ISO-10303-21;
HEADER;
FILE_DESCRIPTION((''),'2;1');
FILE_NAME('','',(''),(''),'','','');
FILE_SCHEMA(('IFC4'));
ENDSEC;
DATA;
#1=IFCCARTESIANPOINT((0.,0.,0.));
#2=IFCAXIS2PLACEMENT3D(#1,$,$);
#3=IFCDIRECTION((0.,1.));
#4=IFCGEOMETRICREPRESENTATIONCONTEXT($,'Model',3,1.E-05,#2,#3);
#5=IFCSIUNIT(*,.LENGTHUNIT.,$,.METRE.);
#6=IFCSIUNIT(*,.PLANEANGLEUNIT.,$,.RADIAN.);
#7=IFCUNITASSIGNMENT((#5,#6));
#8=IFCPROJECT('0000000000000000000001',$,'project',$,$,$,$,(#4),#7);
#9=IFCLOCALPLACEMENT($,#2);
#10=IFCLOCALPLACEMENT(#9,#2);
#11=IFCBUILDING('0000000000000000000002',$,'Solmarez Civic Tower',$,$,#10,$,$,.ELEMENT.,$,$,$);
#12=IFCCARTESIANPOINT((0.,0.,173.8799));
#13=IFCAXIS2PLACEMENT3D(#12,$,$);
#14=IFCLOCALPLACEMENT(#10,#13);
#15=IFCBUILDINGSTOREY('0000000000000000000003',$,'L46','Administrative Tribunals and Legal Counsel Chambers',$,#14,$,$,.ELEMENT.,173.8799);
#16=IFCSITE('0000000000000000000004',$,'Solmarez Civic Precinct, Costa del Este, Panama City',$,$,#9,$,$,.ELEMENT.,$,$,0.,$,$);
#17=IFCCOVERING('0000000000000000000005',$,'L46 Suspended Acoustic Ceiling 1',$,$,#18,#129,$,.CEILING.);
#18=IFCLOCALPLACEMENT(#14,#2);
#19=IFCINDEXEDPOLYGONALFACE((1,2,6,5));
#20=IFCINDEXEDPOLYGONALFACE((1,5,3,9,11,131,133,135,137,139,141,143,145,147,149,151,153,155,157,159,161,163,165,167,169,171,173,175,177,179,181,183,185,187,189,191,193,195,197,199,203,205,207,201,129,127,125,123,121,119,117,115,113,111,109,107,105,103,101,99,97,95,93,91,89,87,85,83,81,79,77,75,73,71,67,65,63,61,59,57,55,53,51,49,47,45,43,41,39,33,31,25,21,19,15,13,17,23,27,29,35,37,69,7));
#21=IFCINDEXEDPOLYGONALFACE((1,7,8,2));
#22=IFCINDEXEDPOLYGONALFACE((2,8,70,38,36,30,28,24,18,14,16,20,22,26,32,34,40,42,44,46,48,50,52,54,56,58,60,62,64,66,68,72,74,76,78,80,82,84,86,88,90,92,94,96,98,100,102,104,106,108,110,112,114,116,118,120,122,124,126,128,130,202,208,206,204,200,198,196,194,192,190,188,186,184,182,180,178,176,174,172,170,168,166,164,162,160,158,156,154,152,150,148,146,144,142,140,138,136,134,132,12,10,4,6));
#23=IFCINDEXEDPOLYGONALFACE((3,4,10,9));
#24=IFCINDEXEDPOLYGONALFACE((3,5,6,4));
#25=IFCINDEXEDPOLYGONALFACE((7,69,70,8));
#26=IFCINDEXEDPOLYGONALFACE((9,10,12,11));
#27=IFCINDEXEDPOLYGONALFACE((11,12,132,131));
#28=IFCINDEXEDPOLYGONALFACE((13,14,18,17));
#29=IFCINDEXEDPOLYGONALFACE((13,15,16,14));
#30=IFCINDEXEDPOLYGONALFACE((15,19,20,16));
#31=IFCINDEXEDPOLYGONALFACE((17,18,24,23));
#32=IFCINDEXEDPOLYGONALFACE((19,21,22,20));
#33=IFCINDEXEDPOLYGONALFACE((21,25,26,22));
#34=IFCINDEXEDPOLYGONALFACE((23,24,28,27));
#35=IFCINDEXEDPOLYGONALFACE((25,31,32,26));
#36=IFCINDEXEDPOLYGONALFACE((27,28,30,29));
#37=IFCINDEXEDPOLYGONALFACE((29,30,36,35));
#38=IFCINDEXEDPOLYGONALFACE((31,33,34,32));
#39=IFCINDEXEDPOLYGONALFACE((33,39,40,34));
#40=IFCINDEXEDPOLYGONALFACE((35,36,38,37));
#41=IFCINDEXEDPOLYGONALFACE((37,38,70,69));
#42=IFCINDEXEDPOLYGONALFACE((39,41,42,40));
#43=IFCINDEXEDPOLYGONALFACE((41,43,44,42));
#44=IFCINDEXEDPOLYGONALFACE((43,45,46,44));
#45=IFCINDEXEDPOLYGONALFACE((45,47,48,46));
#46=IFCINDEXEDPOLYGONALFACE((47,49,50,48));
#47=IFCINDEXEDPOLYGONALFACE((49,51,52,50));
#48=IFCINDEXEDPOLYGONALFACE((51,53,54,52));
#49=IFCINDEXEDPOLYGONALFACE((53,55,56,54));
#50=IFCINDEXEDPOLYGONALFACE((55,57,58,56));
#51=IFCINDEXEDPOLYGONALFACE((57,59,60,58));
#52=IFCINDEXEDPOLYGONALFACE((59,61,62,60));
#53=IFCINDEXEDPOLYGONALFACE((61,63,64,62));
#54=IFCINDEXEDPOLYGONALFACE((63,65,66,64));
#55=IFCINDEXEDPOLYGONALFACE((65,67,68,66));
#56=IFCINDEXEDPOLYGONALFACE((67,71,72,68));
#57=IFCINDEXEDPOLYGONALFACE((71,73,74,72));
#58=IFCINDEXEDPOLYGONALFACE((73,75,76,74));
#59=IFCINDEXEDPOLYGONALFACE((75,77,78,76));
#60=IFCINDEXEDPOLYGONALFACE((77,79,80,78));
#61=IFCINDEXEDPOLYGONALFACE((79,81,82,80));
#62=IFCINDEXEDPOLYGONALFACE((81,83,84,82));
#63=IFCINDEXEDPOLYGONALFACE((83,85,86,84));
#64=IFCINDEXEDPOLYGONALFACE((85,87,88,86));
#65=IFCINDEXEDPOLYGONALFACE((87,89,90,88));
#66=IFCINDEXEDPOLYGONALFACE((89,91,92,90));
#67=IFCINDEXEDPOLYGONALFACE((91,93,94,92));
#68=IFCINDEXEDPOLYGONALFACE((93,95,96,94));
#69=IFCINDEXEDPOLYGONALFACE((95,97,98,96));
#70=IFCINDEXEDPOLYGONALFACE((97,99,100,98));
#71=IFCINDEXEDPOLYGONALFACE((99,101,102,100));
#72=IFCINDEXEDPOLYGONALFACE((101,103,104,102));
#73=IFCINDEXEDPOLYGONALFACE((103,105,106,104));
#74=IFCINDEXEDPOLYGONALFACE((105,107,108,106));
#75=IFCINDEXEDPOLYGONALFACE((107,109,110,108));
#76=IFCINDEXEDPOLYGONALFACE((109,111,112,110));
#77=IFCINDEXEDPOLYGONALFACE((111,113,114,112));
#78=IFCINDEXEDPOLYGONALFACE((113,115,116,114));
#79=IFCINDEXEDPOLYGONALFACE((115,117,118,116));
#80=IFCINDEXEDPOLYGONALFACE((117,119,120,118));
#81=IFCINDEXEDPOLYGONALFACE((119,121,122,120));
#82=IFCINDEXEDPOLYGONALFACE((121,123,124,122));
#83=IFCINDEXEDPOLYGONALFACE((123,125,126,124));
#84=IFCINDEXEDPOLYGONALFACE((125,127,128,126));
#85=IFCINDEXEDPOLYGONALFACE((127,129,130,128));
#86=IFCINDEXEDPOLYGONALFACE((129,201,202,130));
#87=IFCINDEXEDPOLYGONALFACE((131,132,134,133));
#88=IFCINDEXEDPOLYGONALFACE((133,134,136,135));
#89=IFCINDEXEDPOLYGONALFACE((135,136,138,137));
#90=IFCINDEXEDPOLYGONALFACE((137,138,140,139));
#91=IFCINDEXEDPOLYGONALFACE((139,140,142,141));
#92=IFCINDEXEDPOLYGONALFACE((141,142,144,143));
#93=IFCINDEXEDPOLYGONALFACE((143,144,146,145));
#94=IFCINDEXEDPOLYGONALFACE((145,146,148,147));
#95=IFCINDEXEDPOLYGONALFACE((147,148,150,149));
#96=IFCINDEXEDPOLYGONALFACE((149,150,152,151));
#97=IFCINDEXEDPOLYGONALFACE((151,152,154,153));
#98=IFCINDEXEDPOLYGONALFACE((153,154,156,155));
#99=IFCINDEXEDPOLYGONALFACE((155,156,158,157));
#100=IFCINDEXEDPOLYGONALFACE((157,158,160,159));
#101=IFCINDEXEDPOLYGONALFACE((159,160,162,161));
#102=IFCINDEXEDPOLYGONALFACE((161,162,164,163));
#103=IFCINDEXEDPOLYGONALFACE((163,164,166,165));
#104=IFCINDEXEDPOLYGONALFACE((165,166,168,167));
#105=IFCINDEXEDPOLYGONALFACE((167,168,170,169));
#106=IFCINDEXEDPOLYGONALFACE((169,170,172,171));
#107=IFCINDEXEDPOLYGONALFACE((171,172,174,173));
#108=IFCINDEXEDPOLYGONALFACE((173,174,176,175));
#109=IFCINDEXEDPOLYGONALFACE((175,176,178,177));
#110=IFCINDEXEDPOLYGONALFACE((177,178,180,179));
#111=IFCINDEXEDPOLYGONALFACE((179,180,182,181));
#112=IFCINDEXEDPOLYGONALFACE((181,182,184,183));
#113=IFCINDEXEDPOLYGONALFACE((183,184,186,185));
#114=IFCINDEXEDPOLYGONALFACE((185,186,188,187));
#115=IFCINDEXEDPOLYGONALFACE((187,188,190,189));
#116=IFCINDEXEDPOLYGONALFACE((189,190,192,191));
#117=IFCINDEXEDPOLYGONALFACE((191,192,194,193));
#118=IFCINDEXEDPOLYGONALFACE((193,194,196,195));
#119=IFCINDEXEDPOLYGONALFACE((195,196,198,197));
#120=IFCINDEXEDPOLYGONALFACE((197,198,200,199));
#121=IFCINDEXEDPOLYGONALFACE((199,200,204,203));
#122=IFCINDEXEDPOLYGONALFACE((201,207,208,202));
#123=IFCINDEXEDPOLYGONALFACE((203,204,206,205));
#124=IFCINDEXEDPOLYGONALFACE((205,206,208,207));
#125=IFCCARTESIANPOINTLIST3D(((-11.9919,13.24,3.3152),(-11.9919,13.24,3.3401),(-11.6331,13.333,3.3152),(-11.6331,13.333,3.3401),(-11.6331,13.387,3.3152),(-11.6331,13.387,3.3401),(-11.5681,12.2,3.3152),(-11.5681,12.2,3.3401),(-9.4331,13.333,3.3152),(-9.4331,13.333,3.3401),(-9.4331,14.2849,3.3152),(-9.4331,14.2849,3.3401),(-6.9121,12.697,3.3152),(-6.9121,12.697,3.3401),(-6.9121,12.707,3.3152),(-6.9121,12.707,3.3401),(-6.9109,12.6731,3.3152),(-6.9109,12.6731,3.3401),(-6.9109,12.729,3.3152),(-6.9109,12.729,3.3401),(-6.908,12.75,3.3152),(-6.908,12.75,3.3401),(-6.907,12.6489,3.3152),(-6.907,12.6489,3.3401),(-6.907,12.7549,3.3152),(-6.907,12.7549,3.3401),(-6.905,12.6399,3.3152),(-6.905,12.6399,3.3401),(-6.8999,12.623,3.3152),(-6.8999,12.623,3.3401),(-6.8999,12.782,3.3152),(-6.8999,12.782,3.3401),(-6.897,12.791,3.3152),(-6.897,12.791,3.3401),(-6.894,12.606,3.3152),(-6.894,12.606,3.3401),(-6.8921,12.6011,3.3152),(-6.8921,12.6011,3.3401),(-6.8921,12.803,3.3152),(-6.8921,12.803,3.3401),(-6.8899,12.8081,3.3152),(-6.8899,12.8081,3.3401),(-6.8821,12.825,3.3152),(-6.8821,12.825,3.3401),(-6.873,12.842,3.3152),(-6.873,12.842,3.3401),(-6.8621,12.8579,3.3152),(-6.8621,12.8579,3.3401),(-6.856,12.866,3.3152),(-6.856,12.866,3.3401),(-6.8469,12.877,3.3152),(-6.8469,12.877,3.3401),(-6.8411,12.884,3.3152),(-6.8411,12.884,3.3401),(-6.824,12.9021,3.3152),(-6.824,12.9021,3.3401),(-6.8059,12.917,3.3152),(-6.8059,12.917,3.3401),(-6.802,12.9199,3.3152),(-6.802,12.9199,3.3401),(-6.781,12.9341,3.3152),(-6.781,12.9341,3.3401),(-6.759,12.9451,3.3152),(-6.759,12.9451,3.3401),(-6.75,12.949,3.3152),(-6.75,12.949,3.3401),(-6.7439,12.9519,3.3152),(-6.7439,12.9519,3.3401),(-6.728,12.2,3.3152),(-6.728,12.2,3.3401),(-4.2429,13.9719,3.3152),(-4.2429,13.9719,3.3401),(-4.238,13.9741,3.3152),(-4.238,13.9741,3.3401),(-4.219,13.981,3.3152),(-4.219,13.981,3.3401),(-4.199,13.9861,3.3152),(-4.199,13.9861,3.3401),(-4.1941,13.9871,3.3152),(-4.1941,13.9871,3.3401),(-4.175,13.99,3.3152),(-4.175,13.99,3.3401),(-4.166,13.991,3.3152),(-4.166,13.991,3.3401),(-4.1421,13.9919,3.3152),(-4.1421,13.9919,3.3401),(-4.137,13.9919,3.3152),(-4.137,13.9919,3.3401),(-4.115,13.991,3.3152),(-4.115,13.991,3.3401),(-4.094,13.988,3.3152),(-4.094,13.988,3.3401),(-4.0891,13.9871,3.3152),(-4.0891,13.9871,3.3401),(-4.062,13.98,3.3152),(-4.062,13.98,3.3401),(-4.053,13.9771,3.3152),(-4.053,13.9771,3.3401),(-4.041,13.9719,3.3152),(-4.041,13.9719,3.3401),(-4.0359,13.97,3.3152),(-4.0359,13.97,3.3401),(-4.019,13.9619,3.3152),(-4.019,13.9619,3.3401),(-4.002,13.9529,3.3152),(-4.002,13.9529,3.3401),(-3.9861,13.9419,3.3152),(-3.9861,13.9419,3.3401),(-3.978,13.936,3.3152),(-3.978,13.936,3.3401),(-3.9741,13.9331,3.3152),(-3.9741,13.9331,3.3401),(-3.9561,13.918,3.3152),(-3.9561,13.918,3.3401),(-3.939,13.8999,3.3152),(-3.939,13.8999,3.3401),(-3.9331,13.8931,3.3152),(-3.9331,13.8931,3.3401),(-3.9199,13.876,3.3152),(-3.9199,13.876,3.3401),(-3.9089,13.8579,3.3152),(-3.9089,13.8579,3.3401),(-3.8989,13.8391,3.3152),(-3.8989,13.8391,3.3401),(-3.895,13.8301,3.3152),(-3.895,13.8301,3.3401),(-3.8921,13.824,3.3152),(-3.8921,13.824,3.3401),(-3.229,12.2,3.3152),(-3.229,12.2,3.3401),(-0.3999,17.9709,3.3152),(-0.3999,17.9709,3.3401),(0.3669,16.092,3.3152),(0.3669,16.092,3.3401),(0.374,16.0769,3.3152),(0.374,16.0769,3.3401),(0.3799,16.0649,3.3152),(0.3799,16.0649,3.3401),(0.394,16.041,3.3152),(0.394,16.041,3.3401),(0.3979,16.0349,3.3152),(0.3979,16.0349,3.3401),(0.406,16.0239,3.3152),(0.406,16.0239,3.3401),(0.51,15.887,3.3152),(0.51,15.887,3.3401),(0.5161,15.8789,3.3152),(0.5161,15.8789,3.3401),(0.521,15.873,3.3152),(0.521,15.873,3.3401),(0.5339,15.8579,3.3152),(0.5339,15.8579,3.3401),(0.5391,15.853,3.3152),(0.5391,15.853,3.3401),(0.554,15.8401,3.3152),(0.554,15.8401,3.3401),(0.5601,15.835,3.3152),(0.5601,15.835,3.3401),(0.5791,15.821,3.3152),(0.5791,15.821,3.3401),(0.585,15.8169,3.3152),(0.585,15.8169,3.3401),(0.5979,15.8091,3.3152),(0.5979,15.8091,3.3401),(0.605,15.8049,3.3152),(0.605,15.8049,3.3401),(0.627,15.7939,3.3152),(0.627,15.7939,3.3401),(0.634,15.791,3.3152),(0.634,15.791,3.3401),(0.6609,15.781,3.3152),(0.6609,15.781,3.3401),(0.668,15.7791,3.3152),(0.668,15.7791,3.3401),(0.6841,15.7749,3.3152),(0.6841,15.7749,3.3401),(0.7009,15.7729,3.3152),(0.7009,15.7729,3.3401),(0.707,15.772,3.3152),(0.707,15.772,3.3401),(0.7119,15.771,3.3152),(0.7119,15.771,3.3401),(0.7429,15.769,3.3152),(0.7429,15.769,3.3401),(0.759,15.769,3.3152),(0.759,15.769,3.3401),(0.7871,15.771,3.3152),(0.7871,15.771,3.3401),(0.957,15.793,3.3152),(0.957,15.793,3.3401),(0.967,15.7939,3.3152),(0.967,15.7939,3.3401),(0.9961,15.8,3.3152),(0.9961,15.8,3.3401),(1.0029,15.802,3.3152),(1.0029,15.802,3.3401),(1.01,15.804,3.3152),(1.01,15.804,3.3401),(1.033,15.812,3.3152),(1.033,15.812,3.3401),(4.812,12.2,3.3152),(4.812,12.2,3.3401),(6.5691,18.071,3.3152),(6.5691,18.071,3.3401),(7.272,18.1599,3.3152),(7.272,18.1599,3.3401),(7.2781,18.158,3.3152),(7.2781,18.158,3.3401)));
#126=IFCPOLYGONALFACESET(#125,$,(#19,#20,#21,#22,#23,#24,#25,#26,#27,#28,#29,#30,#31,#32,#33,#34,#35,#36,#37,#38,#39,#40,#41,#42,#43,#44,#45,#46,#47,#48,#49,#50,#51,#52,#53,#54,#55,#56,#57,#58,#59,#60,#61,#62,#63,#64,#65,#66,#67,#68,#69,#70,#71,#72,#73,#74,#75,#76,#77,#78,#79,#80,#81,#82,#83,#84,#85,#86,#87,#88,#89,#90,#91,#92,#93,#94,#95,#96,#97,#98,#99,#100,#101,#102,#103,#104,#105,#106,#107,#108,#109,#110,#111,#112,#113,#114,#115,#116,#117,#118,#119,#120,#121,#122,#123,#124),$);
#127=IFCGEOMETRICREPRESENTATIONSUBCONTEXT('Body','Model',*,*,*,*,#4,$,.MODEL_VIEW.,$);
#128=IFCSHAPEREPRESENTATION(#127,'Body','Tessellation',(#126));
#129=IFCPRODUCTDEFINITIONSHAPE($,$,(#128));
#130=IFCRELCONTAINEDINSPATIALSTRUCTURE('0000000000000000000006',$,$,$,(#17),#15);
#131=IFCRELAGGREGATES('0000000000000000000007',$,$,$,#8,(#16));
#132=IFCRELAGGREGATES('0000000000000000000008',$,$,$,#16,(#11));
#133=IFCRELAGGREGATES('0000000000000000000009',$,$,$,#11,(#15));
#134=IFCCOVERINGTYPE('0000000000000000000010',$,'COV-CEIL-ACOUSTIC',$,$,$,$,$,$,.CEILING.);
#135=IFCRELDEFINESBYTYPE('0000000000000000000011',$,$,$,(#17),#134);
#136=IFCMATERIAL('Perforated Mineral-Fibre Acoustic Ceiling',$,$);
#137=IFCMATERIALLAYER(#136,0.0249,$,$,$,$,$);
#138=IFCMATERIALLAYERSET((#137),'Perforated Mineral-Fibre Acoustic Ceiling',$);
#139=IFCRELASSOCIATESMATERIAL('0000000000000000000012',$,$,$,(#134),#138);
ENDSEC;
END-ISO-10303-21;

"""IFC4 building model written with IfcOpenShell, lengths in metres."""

from ifc_helpers import new_model, si_unit, direction, frame, origin, place, context, subcontext, project, spatial, polyline, outline, extrude, material, layer, layer_set, type_object, element, save


model = new_model("IFC4")

# Units and contexts
model_context = context("Model", 3, precision=1e-05, world=origin(), true_north=direction((0.0, 1.0)))
body_context = subcontext(model_context, "Body", "Model", "MODEL_VIEW")
ifc_project = project(units=[si_unit("LENGTHUNIT", "METRE"), si_unit("PLANEANGLEUNIT", "RADIAN")], contexts=[model_context])

# Site, building, storey
site_placement = place(None, origin())
site = spatial("IfcSite", under=ifc_project, at=site_placement, Name="Solmarez Civic Precinct, Costa del Este, Panama City", CompositionType="ELEMENT", RefElevation=0.0)
building_placement = place(site_placement, origin())
building = spatial("IfcBuilding", under=site, at=building_placement, Name="Solmarez Civic Tower", CompositionType="ELEMENT")
storey_placement = place(building_placement, frame((0.0, 0.0, 173.8799)))
storey = spatial("IfcBuildingStorey", under=building, at=storey_placement, Name="L46", Description="Administrative Tribunals and Legal Counsel Chambers", CompositionType="ELEMENT", Elevation=173.8799)

# Covering
ifc_material_1 = material(Name="Perforated Mineral-Fibre Acoustic Ceiling")
ifc_layer_1 = layer(ifc_material_1, 0.0249)
ifc_layer_set_1 = layer_set([ifc_layer_1], Name="Perforated Mineral-Fibre Acoustic Ceiling")
covering_type_1 = type_object("IfcCoveringType", Name="COV-CEIL-ACOUSTIC", PredefinedType="CEILING", material=ifc_layer_set_1)
covering_1_placement = place(storey_placement, frame((0.0, 0.0, 3.3152)))
element("IfcCovering", 1, at=covering_1_placement, inside=storey, type_object=covering_type_1, Name="L46 Suspended Acoustic Ceiling 1", PredefinedType="CEILING", context=body_context, shape_type="SweptSolid", body=[
    extrude(outline(polyline([(-11.9919, 13.24), (-11.5681, 12.2), (-6.728, 12.2), (-6.8921, 12.6011), (-6.894, 12.606), (-6.8999, 12.623), (-6.905, 12.6399), (-6.907, 12.6489), (-6.9109, 12.6731), (-6.9121, 12.697), (-6.9121, 12.707), (-6.9109, 12.729), (-6.908, 12.75), (-6.907, 12.7549), (-6.8999, 12.782), (-6.897, 12.791), (-6.8921, 12.803), (-6.8899, 12.8081), (-6.8821, 12.825), (-6.873, 12.842), (-6.8621, 12.8579), (-6.856, 12.866), (-6.8469, 12.877), (-6.8411, 12.884), (-6.824, 12.9021), (-6.8059, 12.917), (-6.802, 12.9199), (-6.781, 12.9341), (-6.759, 12.9451), (-6.75, 12.949), (-6.7439, 12.9519), (-4.2429, 13.9719), (-4.238, 13.9741), (-4.219, 13.981), (-4.199, 13.9861), (-4.1941, 13.9871), (-4.175, 13.99), (-4.166, 13.991), (-4.1421, 13.9919), (-4.137, 13.9919), (-4.115, 13.991), (-4.094, 13.988), (-4.0891, 13.9871), (-4.062, 13.98), (-4.053, 13.9771), (-4.041, 13.9719), (-4.0359, 13.97), (-4.019, 13.9619), (-4.002, 13.9529), (-3.9861, 13.9419), (-3.978, 13.936), (-3.9741, 13.9331), (-3.9561, 13.918), (-3.939, 13.8999), (-3.9331, 13.8931), (-3.9199, 13.876), (-3.9089, 13.8579), (-3.8989, 13.8391), (-3.895, 13.8301), (-3.8921, 13.824), (-3.229, 12.2), (4.812, 12.2), (7.2781, 18.158), (7.272, 18.1599), (6.5691, 18.071), (1.033, 15.812), (1.01, 15.804), (1.0029, 15.802), (0.9961, 15.8), (0.967, 15.7939), (0.957, 15.793), (0.7871, 15.771), (0.759, 15.769), (0.7429, 15.769), (0.7119, 15.771), (0.707, 15.772), (0.7009, 15.7729), (0.6841, 15.7749), (0.668, 15.7791), (0.6609, 15.781), (0.634, 15.791), (0.627, 15.7939), (0.605, 15.8049), (0.5979, 15.8091), (0.585, 15.8169), (0.5791, 15.821), (0.5601, 15.835), (0.554, 15.8401), (0.5391, 15.853), (0.5339, 15.8579), (0.521, 15.873), (0.5161, 15.8789), (0.51, 15.887), (0.406, 16.0239), (0.3979, 16.0349), (0.394, 16.041), (0.3799, 16.0649), (0.374, 16.0769), (0.3669, 16.092), (-0.3999, 17.9709), (-9.4331, 14.2849), (-9.4331, 13.333), (-11.6331, 13.333), (-11.6331, 13.387), (-11.9919, 13.24)])), origin(), (0.0, 0.0, 1.0), 0.0249),
])

save(model, "model.ifc")
